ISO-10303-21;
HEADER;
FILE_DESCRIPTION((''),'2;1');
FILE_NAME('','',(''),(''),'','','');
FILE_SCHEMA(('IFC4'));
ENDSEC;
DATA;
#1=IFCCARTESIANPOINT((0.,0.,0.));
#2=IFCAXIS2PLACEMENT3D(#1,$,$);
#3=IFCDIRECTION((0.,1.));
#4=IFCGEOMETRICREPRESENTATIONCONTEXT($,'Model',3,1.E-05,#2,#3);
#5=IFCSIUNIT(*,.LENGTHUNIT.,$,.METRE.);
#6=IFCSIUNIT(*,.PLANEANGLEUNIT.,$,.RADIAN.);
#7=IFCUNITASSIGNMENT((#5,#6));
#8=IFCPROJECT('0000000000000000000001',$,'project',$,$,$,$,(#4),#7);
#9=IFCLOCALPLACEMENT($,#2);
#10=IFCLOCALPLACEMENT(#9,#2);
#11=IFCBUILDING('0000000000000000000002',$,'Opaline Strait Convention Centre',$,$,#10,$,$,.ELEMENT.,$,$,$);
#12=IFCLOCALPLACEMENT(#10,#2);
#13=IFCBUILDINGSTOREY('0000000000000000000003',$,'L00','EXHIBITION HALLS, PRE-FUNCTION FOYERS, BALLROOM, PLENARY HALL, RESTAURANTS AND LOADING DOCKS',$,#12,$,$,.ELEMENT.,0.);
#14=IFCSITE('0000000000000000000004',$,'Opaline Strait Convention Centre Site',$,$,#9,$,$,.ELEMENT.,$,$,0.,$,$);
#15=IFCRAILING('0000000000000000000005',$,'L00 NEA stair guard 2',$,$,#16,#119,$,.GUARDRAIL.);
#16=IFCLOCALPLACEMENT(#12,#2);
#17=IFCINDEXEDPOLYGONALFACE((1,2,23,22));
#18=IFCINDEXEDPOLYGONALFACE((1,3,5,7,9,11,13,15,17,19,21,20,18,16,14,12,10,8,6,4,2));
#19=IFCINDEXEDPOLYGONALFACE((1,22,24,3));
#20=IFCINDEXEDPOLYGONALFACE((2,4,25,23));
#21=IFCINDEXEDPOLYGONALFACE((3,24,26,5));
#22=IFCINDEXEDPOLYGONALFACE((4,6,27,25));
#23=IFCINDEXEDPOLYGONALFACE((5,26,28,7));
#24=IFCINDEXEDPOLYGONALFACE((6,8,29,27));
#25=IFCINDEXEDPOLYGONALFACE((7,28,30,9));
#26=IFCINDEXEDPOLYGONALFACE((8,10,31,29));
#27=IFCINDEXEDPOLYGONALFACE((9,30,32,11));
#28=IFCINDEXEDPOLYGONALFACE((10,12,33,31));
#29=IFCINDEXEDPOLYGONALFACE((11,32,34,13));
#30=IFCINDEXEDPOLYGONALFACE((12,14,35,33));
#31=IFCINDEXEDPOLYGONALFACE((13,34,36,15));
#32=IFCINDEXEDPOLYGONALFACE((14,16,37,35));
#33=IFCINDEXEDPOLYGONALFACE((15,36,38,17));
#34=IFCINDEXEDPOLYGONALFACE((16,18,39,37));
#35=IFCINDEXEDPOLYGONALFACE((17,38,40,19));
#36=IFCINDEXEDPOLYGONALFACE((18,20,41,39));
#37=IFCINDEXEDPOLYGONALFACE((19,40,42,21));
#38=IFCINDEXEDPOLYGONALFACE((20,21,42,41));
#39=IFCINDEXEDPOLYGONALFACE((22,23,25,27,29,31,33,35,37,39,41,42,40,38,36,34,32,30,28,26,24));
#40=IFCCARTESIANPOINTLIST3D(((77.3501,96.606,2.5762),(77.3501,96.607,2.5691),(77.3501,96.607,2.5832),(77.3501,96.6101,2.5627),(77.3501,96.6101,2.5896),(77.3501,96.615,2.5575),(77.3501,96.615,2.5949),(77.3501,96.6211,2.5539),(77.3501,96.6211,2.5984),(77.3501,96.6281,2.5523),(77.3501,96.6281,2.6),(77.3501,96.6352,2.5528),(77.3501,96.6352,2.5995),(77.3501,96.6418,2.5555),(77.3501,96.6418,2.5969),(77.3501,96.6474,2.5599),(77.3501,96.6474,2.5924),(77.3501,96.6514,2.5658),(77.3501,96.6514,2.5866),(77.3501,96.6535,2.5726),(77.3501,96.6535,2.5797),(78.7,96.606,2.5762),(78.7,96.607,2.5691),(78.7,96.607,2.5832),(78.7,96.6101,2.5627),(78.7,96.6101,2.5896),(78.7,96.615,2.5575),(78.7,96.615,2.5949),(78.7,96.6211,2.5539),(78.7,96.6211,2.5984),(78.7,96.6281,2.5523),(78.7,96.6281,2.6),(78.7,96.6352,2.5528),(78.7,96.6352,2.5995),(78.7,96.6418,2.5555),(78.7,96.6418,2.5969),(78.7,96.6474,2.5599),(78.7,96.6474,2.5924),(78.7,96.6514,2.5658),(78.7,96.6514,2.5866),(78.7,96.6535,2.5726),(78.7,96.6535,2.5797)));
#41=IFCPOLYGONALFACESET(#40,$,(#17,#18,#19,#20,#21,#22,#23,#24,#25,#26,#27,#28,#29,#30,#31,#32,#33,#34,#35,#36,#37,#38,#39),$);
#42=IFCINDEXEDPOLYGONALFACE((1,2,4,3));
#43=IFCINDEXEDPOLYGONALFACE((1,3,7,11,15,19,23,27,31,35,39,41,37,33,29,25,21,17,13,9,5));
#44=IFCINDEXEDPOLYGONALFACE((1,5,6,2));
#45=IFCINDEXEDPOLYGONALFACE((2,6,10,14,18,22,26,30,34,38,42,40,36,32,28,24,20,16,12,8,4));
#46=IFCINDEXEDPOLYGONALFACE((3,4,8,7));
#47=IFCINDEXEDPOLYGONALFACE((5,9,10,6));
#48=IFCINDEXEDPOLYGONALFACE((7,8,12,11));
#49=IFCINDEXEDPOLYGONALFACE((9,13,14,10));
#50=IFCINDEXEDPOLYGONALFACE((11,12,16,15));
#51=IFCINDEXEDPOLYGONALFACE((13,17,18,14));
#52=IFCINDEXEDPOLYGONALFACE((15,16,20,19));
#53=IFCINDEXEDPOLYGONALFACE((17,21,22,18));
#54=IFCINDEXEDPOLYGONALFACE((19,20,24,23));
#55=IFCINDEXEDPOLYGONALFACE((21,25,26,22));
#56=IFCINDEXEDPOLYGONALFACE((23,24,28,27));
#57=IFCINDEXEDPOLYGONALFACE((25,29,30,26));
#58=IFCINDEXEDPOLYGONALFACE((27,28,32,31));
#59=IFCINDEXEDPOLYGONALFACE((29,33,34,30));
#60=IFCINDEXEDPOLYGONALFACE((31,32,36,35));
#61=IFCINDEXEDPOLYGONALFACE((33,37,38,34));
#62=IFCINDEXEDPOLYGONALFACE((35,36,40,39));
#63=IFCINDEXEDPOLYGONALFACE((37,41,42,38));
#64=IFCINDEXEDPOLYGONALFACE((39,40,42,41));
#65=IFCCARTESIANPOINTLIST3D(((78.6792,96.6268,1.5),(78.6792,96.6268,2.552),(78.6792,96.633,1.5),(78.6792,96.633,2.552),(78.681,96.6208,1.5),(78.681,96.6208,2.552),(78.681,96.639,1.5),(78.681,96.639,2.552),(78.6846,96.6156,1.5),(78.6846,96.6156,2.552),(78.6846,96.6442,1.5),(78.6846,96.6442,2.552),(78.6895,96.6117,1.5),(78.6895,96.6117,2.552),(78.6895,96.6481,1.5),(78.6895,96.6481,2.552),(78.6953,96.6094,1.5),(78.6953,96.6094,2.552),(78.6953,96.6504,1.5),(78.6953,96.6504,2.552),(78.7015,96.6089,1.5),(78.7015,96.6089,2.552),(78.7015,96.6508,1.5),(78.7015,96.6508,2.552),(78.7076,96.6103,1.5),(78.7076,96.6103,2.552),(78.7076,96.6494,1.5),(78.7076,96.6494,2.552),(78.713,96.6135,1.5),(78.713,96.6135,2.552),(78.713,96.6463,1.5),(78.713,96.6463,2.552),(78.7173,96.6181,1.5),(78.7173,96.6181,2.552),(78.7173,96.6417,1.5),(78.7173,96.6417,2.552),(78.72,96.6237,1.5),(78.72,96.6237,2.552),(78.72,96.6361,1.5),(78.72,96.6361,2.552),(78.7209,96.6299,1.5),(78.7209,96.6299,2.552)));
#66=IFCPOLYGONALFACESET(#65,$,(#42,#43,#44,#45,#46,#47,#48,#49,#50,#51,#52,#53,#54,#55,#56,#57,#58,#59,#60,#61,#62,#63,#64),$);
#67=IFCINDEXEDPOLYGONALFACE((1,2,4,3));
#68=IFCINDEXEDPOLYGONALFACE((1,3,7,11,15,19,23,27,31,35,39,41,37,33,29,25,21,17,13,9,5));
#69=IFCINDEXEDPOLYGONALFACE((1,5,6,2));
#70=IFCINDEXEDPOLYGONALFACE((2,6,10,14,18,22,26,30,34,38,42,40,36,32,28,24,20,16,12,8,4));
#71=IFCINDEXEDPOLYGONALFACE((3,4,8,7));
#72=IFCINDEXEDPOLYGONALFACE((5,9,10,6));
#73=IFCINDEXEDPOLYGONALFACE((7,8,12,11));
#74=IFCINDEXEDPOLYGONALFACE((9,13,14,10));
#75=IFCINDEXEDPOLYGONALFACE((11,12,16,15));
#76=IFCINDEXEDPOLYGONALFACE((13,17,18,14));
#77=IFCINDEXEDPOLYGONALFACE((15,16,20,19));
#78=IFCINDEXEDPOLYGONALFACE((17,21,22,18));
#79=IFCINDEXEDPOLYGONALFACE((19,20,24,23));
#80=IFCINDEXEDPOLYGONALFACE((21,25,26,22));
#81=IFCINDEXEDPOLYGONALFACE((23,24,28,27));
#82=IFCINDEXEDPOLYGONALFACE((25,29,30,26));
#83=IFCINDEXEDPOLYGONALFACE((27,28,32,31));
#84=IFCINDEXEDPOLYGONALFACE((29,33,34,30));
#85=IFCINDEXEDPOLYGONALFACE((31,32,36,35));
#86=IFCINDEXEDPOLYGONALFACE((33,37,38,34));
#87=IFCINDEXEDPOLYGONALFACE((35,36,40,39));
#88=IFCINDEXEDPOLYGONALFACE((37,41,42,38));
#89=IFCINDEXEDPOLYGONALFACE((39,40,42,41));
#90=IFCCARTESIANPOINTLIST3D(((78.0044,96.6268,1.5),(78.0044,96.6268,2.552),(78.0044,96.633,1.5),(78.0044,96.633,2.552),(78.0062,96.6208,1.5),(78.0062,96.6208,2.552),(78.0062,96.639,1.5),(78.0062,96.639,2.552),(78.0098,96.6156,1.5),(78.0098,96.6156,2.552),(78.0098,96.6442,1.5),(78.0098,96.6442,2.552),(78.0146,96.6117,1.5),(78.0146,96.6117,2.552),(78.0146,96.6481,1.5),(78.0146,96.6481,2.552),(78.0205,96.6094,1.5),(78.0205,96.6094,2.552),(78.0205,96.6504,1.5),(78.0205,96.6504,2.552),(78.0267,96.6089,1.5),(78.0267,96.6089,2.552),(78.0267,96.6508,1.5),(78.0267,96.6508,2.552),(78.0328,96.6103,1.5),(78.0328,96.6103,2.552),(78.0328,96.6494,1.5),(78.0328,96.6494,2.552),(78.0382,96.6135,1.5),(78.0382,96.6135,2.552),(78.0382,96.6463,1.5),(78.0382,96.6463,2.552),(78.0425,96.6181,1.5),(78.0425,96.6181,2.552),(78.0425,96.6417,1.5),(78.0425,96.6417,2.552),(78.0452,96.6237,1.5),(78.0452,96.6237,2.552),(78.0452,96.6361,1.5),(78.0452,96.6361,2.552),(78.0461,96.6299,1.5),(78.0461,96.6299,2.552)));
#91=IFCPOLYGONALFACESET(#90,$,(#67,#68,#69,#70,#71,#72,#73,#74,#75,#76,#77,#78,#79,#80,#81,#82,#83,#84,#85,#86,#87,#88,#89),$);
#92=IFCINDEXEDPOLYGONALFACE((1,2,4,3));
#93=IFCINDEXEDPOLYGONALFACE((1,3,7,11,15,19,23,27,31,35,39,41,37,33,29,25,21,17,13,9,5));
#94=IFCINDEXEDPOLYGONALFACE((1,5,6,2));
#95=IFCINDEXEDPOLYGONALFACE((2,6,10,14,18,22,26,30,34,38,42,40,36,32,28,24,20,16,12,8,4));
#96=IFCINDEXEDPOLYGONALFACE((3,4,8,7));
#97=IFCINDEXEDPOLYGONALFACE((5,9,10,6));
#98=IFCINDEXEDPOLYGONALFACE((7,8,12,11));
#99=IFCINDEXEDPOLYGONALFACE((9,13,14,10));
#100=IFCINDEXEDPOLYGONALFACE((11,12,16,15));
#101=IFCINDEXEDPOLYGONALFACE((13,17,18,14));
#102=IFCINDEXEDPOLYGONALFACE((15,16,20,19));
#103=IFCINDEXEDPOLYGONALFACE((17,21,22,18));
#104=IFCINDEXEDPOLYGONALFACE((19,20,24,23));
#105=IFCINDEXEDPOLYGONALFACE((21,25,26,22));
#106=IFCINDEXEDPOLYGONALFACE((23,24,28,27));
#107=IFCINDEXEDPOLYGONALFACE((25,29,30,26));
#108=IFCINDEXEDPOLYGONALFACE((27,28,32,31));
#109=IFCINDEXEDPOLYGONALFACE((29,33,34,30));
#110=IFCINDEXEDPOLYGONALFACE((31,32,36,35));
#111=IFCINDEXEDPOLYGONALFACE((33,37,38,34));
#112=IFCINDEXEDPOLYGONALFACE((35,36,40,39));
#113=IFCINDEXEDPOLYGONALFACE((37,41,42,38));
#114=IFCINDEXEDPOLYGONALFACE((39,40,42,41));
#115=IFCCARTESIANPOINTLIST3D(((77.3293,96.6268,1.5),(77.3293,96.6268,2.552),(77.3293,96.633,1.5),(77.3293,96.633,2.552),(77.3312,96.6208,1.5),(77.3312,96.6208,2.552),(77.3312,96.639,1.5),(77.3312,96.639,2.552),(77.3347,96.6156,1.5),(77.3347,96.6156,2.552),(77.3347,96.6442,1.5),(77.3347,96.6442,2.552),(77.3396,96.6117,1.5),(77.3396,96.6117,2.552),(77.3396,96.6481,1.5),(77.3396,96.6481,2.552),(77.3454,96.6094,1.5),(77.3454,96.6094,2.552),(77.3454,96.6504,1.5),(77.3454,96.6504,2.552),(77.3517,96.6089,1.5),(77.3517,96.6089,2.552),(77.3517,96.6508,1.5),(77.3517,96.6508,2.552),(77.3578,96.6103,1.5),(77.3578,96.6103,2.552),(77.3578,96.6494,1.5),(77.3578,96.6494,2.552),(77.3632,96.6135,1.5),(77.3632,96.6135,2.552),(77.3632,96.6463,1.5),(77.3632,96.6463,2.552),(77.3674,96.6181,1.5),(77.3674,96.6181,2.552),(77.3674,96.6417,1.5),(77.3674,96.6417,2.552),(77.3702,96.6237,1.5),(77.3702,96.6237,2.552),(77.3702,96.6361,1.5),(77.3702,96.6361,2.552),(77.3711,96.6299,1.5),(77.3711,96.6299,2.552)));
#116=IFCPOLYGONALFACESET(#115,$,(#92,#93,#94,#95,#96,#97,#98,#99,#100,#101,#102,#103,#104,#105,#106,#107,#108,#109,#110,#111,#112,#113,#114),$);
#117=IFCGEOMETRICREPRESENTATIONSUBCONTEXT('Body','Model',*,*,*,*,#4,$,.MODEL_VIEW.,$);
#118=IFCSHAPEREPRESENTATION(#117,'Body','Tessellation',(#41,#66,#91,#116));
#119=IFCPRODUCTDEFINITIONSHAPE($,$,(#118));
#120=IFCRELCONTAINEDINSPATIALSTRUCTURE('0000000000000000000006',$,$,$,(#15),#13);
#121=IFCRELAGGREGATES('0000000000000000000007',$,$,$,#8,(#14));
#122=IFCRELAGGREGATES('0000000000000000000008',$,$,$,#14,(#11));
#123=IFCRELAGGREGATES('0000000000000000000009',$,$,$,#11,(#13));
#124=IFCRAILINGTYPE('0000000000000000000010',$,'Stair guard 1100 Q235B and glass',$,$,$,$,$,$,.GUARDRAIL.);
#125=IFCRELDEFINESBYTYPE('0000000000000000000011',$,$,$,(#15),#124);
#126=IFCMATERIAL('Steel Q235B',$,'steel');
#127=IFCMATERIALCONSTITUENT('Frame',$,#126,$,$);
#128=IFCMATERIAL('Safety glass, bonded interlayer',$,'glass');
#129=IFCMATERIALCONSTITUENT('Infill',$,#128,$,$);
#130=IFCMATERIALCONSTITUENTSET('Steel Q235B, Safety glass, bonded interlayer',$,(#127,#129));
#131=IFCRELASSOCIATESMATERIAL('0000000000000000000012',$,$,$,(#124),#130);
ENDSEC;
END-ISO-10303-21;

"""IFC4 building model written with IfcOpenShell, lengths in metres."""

from ifc_helpers import new_model, si_unit, direction, frame, origin, origin_2d, place, context, subcontext, project, spatial, circle, extrude, material, constituent, constituent_set, type_object, element, save


model = new_model("IFC4")

# Units and contexts
model_context = context("Model", 3, precision=1e-05, world=origin(), true_north=direction((0.0, 1.0)))
body_context = subcontext(model_context, "Body", "Model", "MODEL_VIEW")
ifc_project = project(units=[si_unit("LENGTHUNIT", "METRE"), si_unit("PLANEANGLEUNIT", "RADIAN")], contexts=[model_context])

# Site, building, storey
site_placement = place(None, origin())
site = spatial("IfcSite", under=ifc_project, at=site_placement, Name="Opaline Strait Convention Centre Site", CompositionType="ELEMENT", RefElevation=0.0)
building_placement = place(site_placement, origin())
building = spatial("IfcBuilding", under=site, at=building_placement, Name="Opaline Strait Convention Centre", CompositionType="ELEMENT")
storey_placement = place(building_placement, origin())
storey = spatial("IfcBuildingStorey", under=building, at=storey_placement, Name="L00", Description="EXHIBITION HALLS, PRE-FUNCTION FOYERS, BALLROOM, PLENARY HALL, RESTAURANTS AND LOADING DOCKS", CompositionType="ELEMENT", Elevation=0.0)

# Railing
ifc_material_1 = material(Name="Steel Q235B", Category="steel")
ifc_constituent_1 = constituent(ifc_material_1, Name="Frame")
ifc_material_2 = material(Name="Safety glass, bonded interlayer", Category="glass")
ifc_constituent_2 = constituent(ifc_material_2, Name="Infill")
ifc_constituent_set = constituent_set(constituents=[ifc_constituent_1, ifc_constituent_2], Name="Steel Q235B, Safety glass, bonded interlayer")
railing_type_1 = type_object("IfcRailingType", Name="Stair guard 1100 Q235B and glass", PredefinedType="GUARDRAIL", material=ifc_constituent_set)
railing_1_placement = place(storey_placement, frame((78.7, 96.6299, 1.5)))
element("IfcRailing", 1, at=railing_1_placement, inside=storey, type_object=railing_type_1, Name="L00 NEA stair guard 2", PredefinedType="GUARDRAIL", context=body_context, shape_type="SweptSolid", body=[
    extrude(circle(Radius=0.0239, at=origin_2d()), frame((0.0, 0.0, 1.0762), z_axis=(-1.0, 0.0, 0.0), x_axis=(0.0, -1.0, 0.0)), (0.0, 0.0, 1.0), 1.3499),
    extrude(circle(Radius=0.021, at=origin_2d()), origin(), (0.0, 0.0, 1.0), 1.052),
    extrude(circle(Radius=0.021, at=origin_2d()), frame((-0.6748, 0.0, 0.0)), (0.0, 0.0, 1.0), 1.052),
    extrude(circle(Radius=0.021, at=origin_2d()), frame((-1.3499, 0.0, 0.0)), (0.0, 0.0, 1.0), 1.052),
])

save(model, "model.ifc")
